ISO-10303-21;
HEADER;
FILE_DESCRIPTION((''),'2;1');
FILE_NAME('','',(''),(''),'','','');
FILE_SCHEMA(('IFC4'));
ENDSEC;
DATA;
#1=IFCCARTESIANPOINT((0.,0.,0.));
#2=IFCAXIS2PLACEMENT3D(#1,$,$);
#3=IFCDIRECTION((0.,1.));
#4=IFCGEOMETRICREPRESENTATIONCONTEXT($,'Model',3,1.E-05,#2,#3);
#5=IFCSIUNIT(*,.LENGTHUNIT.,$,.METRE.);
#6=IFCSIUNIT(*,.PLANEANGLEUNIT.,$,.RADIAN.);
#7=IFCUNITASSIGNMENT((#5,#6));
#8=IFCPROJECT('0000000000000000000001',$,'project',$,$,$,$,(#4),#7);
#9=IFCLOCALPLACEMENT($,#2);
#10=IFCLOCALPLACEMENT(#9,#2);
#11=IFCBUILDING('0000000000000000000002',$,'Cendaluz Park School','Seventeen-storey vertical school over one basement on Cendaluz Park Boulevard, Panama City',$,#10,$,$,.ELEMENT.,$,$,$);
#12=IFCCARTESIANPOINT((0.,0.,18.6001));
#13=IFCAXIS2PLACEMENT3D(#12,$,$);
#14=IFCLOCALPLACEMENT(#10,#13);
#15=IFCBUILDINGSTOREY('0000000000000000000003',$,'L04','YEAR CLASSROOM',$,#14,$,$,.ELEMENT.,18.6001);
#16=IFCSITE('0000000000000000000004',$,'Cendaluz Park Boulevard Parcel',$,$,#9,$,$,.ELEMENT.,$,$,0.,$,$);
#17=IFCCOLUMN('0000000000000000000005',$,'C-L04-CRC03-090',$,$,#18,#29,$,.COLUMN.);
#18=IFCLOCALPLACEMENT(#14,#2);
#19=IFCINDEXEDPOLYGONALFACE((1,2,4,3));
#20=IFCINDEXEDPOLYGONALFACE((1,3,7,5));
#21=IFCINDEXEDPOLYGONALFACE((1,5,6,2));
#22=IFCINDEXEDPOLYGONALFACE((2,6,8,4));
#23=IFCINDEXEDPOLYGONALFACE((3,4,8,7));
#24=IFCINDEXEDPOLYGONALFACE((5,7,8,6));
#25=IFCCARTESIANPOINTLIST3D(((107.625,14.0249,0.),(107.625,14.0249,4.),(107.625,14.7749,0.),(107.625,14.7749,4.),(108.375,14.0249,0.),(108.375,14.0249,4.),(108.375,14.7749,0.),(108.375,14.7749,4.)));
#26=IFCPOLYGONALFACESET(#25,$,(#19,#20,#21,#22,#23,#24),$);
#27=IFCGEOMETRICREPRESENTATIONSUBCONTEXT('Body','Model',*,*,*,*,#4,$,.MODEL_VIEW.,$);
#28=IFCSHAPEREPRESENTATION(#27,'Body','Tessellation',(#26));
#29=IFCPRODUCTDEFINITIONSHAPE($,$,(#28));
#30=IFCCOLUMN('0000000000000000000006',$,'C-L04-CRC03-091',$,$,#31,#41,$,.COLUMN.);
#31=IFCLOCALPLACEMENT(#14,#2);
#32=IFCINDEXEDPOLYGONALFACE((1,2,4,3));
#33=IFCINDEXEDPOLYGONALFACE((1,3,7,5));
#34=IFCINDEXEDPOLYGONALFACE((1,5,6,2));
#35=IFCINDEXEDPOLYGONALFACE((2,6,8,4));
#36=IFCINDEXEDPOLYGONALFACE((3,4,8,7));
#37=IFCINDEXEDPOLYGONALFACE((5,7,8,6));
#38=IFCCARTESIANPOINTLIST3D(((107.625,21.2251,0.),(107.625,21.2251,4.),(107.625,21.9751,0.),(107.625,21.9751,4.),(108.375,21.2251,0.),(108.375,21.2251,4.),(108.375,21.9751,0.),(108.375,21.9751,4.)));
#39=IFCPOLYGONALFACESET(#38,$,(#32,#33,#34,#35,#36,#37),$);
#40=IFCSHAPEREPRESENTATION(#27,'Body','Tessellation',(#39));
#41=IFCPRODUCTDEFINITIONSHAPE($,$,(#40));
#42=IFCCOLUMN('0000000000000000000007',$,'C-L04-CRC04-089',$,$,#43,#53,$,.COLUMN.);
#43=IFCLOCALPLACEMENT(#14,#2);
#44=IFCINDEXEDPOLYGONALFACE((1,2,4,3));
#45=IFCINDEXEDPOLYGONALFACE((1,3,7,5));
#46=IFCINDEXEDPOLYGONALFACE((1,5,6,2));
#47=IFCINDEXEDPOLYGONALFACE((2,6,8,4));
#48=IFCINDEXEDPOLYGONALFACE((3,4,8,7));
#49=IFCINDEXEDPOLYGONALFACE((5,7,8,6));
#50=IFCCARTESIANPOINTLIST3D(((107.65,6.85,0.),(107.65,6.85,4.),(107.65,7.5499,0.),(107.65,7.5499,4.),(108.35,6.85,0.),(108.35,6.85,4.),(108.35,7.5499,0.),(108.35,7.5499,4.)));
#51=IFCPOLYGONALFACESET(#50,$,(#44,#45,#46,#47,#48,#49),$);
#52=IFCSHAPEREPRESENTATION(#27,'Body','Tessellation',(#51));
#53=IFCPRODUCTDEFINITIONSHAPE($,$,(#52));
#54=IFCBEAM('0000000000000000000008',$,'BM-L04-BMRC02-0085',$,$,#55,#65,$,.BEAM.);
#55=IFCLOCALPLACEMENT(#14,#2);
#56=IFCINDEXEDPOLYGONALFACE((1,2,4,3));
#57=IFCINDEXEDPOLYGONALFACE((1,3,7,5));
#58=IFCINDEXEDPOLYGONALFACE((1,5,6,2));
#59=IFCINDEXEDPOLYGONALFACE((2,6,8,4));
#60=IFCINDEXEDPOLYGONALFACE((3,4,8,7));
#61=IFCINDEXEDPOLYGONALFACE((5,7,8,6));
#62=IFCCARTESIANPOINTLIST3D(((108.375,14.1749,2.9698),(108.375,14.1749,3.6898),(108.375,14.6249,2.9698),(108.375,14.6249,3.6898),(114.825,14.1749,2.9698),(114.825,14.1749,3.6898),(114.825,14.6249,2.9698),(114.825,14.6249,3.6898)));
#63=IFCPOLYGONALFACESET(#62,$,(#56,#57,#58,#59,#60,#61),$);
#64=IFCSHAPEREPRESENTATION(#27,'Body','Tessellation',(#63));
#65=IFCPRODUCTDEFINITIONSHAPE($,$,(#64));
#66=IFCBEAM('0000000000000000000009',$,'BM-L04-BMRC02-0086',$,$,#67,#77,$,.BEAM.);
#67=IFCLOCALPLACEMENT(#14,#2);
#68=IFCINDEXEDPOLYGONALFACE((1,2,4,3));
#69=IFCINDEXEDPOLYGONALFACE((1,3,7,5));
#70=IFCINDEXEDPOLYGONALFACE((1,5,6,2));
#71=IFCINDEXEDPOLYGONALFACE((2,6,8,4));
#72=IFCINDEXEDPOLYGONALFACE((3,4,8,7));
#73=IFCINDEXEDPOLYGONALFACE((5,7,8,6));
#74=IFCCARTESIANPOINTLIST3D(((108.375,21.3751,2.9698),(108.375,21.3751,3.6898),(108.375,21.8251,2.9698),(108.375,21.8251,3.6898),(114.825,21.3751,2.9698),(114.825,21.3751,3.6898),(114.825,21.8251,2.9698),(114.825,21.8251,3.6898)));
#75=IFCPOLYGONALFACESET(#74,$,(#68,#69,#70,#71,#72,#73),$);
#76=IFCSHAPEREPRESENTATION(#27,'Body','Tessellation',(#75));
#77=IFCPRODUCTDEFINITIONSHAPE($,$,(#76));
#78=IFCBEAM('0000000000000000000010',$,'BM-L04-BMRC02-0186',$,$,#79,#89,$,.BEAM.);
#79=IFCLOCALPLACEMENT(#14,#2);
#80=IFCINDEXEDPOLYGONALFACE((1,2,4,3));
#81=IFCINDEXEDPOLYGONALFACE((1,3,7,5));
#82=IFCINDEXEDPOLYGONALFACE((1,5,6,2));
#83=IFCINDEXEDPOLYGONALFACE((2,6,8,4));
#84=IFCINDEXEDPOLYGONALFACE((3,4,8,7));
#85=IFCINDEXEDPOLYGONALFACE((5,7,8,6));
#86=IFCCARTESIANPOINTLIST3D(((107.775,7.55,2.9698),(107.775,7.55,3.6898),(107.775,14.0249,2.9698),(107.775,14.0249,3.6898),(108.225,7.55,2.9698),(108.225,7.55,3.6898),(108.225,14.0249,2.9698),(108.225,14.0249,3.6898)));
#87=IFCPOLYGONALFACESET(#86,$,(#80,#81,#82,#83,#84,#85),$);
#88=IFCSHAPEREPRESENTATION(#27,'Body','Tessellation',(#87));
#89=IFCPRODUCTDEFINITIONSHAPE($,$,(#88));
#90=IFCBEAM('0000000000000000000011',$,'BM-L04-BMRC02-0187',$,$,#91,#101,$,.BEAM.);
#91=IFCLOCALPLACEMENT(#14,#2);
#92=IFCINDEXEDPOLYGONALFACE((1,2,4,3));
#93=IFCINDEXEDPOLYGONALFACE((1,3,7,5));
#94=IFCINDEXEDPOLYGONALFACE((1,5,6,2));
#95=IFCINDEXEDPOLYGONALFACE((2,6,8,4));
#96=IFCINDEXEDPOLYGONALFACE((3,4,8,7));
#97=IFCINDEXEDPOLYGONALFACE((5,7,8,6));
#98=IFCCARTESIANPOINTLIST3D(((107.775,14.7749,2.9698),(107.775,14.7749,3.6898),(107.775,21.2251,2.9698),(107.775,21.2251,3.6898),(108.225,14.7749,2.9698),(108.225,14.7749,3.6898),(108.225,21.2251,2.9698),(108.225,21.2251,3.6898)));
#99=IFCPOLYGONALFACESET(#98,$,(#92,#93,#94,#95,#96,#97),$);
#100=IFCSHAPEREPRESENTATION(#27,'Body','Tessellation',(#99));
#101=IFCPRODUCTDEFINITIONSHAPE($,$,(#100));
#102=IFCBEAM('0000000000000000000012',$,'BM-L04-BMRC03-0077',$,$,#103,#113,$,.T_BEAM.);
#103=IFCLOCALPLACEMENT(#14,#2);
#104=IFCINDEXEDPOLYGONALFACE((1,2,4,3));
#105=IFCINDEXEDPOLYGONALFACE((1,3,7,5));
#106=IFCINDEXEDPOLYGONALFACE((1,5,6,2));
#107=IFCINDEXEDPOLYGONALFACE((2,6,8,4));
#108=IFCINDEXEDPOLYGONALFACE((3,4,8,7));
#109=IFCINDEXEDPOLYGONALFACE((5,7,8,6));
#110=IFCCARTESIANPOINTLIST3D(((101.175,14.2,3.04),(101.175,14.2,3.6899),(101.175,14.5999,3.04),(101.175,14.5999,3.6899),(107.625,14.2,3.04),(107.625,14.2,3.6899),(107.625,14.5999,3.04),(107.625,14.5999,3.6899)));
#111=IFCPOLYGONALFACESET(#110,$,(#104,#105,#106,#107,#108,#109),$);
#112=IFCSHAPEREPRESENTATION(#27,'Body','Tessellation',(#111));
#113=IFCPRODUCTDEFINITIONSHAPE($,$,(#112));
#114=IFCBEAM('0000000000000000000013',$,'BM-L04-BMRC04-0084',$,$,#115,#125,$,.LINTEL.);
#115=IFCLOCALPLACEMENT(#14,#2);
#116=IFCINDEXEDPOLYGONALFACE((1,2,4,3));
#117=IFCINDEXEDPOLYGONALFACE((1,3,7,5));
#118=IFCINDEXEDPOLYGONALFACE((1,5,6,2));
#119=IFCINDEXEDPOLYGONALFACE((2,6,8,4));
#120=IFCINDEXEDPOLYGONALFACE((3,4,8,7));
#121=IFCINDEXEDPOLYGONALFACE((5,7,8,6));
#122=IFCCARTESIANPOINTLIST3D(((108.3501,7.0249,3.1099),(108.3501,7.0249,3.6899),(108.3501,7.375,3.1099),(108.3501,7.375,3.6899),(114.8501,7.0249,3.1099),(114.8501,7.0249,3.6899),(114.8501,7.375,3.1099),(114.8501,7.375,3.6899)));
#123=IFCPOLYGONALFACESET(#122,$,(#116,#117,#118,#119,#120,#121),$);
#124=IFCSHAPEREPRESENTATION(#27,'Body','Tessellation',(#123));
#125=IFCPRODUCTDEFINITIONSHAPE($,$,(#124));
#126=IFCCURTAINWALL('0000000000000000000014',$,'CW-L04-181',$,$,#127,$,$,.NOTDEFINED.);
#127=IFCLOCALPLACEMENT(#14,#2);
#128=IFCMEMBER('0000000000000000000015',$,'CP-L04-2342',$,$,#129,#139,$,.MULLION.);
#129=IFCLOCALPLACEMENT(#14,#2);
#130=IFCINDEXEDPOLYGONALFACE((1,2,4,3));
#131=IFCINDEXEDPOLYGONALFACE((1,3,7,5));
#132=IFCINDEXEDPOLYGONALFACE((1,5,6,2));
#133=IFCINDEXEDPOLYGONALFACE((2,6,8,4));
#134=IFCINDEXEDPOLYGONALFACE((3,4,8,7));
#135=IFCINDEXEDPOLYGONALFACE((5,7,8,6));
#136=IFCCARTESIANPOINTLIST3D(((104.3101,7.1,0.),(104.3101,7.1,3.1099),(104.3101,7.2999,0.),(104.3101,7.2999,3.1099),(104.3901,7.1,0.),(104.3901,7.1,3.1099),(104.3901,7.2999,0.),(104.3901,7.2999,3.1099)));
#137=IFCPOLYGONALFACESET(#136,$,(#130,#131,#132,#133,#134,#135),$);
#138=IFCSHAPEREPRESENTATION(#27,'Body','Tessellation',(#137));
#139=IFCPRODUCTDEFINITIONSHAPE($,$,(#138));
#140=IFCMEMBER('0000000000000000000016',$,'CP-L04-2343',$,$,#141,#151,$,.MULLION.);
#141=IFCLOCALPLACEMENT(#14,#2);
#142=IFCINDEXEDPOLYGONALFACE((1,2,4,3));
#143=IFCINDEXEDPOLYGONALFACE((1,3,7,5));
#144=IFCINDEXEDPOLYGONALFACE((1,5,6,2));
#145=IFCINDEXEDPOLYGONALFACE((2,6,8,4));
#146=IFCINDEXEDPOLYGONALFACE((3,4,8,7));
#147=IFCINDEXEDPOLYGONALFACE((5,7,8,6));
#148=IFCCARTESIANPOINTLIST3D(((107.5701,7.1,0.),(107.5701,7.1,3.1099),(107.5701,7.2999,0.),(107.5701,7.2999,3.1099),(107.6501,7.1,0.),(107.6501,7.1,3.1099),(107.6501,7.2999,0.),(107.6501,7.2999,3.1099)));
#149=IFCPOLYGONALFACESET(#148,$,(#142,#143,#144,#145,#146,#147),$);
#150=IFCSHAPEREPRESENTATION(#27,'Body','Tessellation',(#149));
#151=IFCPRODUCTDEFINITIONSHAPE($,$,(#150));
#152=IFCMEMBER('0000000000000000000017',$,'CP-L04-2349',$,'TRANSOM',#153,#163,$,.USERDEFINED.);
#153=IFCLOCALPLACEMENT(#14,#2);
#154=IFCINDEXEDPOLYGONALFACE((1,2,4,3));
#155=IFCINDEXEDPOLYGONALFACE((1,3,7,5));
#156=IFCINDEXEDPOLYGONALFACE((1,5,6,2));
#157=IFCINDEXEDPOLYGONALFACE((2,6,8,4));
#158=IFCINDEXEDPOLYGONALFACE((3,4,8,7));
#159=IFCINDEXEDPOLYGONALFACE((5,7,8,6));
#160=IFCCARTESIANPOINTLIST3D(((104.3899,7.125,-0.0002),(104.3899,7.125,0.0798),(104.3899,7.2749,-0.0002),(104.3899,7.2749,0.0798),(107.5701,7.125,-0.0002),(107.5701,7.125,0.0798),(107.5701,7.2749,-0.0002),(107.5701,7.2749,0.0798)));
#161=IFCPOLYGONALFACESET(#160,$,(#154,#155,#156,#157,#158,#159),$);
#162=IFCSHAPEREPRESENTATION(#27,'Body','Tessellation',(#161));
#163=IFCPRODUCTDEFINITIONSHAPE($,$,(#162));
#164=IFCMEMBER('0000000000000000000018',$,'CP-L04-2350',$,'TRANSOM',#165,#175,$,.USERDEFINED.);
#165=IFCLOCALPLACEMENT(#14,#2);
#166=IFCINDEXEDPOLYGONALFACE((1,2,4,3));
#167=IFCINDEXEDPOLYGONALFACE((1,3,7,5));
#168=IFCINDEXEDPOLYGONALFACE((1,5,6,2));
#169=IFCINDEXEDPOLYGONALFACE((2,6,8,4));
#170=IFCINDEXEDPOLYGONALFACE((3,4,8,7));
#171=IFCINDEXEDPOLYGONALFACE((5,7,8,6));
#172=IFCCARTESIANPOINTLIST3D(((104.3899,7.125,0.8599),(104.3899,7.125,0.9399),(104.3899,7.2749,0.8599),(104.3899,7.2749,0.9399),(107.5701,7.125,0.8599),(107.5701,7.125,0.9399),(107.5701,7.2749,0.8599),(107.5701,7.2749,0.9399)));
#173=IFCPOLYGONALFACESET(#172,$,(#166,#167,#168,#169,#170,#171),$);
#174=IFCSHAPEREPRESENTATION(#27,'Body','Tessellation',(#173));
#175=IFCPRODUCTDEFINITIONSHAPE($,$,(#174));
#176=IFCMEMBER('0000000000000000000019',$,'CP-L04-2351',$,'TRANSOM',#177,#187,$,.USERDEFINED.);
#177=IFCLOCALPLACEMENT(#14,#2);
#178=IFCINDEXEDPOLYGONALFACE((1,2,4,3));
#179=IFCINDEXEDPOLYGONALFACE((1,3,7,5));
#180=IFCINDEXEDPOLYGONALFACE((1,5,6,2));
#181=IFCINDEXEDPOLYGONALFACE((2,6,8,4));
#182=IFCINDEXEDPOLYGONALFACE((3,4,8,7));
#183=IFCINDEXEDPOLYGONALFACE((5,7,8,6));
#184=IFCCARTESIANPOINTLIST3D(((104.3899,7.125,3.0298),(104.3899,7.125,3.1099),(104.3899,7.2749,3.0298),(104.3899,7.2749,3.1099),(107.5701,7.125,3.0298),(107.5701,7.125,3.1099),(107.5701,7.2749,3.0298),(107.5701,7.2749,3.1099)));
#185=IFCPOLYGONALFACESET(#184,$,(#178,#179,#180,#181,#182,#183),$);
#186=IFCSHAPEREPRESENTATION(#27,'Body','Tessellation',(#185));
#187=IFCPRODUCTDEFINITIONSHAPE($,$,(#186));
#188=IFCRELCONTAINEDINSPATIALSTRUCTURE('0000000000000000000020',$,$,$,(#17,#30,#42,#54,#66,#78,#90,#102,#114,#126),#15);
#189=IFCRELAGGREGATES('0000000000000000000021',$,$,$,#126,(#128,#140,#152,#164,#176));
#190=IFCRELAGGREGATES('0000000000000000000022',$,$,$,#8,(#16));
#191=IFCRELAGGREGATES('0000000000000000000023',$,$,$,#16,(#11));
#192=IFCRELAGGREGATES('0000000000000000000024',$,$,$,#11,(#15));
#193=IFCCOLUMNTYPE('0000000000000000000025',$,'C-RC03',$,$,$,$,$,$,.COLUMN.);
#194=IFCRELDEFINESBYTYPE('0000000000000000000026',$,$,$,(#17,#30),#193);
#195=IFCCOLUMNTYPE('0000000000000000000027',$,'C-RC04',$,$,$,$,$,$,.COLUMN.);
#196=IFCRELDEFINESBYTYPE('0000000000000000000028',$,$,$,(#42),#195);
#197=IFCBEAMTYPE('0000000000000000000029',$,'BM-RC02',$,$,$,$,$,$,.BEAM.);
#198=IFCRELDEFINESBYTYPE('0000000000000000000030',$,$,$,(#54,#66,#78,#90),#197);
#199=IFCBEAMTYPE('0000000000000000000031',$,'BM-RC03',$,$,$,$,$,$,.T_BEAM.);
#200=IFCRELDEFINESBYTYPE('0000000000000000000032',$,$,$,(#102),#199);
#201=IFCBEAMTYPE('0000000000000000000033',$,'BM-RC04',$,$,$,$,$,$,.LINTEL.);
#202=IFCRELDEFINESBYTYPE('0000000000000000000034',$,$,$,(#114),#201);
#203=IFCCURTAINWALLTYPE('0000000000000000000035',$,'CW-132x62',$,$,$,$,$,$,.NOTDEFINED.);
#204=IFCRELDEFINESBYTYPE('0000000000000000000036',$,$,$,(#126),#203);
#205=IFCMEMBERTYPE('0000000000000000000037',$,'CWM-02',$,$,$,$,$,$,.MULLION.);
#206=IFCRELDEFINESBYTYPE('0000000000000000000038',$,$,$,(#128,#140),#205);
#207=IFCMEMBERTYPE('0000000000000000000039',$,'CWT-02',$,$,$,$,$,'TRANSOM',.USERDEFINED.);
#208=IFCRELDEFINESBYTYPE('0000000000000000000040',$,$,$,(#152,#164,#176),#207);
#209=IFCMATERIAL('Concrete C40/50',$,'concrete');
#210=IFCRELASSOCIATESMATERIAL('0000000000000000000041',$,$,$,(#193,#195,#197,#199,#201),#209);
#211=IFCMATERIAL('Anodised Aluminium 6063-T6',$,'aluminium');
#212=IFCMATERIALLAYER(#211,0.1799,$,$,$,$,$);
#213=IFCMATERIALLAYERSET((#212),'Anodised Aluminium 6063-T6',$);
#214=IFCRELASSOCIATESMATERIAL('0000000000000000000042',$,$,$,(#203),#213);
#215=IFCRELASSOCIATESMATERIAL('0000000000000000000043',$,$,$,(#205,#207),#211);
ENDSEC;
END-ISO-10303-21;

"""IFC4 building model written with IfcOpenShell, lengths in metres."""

from ifc_helpers import new_model, si_unit, direction, frame, origin, origin_2d, place, context, subcontext, project, spatial, rectangle, extrude, material, layer, layer_set, material_profile, profile_set, type_object, element, aggregate, save


model = new_model("IFC4")

# Units and contexts
model_context = context("Model", 3, precision=1e-05, world=origin(), true_north=direction((0.0, 1.0)))
body_context = subcontext(model_context, "Body", "Model", "MODEL_VIEW")
ifc_project = project(units=[si_unit("LENGTHUNIT", "METRE"), si_unit("PLANEANGLEUNIT", "RADIAN")], contexts=[model_context])

# Site, building, storey
site_placement = place(None, origin())
site = spatial("IfcSite", under=ifc_project, at=site_placement, Name="Cendaluz Park Boulevard Parcel", CompositionType="ELEMENT", RefElevation=0.0)
building_placement = place(site_placement, origin())
building = spatial("IfcBuilding", under=site, at=building_placement, Name="Cendaluz Park School", Description="Seventeen-storey vertical school over one basement on Cendaluz Park Boulevard, Panama City", CompositionType="ELEMENT")
storey_placement = place(building_placement, frame((0.0, 0.0, 18.6001)))
storey = spatial("IfcBuildingStorey", under=building, at=storey_placement, Name="L04", Description="YEAR CLASSROOM", CompositionType="ELEMENT", Elevation=18.6001)

# Columns
ifc_material_1 = material(Name="Concrete C40/50", Category="concrete")
ifc_material_profile_1 = material_profile(ifc_material_1, rectangle(XDim=0.75, YDim=0.75, at=origin_2d()), Name="RC 750x750", Category="concrete")
ifc_profile_set_1 = profile_set([ifc_material_profile_1], Name="Concrete C40/50")
column_type_1 = type_object("IfcColumnType", Name="C-RC03", PredefinedType="COLUMN", material=ifc_profile_set_1)
for number, where, z_axis, x_axis, name in (
    (1, (108.0, 14.3999, 0.0), (0.0, 0.0, 1.0), (1.0, 0.0, 0.0), "C-L04-CRC03-090"),
    (2, (108.0, 21.6001, 0.0), (0.0, 0.0, 1.0), (1.0, 0.0, 0.0), "C-L04-CRC03-091"),
):
    element("IfcColumn", number, at=place(storey_placement, frame(where, z_axis=z_axis, x_axis=x_axis)), inside=storey, type_object=column_type_1, Name=name, PredefinedType="COLUMN", context=body_context, shape_type="SweptSolid", body=[
        extrude(rectangle(XDim=0.75, YDim=0.75, at=origin_2d()), origin(), (0.0, 0.0, 1.0), 4.0),
    ])
ifc_material_profile_2 = material_profile(ifc_material_1, rectangle(XDim=0.7, YDim=0.7, at=origin_2d()), Name="RC 700x700", Category="concrete")
ifc_profile_set_2 = profile_set([ifc_material_profile_2], Name="Concrete C40/50")
column_type_2 = type_object("IfcColumnType", Name="C-RC04", PredefinedType="COLUMN", material=ifc_profile_set_2)
column_placement = place(storey_placement, frame((108.0, 7.2, 0.0), z_axis=(0.0, 0.0, 1.0), x_axis=(1.0, 0.0, 0.0)))
element("IfcColumn", 3, at=column_placement, inside=storey, type_object=column_type_2, Name="C-L04-CRC04-089", PredefinedType="COLUMN", context=body_context, shape_type="SweptSolid", body=[
    extrude(rectangle(XDim=0.7, YDim=0.7, at=origin_2d()), origin(), (0.0, 0.0, 1.0), 4.0),
])

# Beams
ifc_material_profile_3 = material_profile(ifc_material_1, rectangle(XDim=0.45, YDim=0.72, at=origin_2d()), Name="RC 450x720", Category="concrete")
ifc_profile_set_3 = profile_set([ifc_material_profile_3], Name="Concrete C40/50")
beam_type_1 = type_object("IfcBeamType", Name="BM-RC02", PredefinedType="BEAM", material=ifc_profile_set_3)
for number, where, z_axis, x_axis, name in (
    (4, (108.375, 14.3999, 3.3298), (1.0, 0.0, 0.0), (0.0, 1.0, 0.0), "BM-L04-BMRC02-0085"),
    (5, (108.375, 21.6001, 3.3298), (1.0, 0.0, 0.0), (0.0, 1.0, 0.0), "BM-L04-BMRC02-0086"),
):
    element("IfcBeam", number, at=place(storey_placement, frame(where, z_axis=z_axis, x_axis=x_axis)), inside=storey, type_object=beam_type_1, Name=name, PredefinedType="BEAM", context=body_context, shape_type="SweptSolid", body=[
        extrude(rectangle(XDim=0.45, YDim=0.72, at=origin_2d()), origin(), (0.0, 0.0, 1.0), 6.45),
    ])
beam_1_placement = place(storey_placement, frame((108.0, 7.55, 3.3298), z_axis=(0.0, 1.0, 0.0), x_axis=(-1.0, 0.0, 0.0)))
element("IfcBeam", 6, at=beam_1_placement, inside=storey, type_object=beam_type_1, Name="BM-L04-BMRC02-0186", PredefinedType="BEAM", context=body_context, shape_type="SweptSolid", body=[
    extrude(rectangle(XDim=0.45, YDim=0.72, at=origin_2d()), origin(), (0.0, 0.0, 1.0), 6.4749),
])
beam_2_placement = place(storey_placement, frame((108.0, 14.7749, 3.3298), z_axis=(0.0, 1.0, 0.0), x_axis=(-1.0, 0.0, 0.0)))
element("IfcBeam", 7, at=beam_2_placement, inside=storey, type_object=beam_type_1, Name="BM-L04-BMRC02-0187", PredefinedType="BEAM", context=body_context, shape_type="SweptSolid", body=[
    extrude(rectangle(XDim=0.45, YDim=0.72, at=origin_2d()), origin(), (0.0, 0.0, 1.0), 6.4502),
])
ifc_material_profile_4 = material_profile(ifc_material_1, rectangle(XDim=0.3999, YDim=0.6499, at=origin_2d()), Name="RC 400x650", Category="concrete")
ifc_profile_set_4 = profile_set([ifc_material_profile_4], Name="Concrete C40/50")
beam_type_2 = type_object("IfcBeamType", Name="BM-RC03", PredefinedType="T_BEAM", material=ifc_profile_set_4)
beam_3_placement = place(storey_placement, frame((101.175, 14.3999, 3.365), z_axis=(1.0, 0.0, 0.0), x_axis=(0.0, 1.0, 0.0)))
element("IfcBeam", 8, at=beam_3_placement, inside=storey, type_object=beam_type_2, Name="BM-L04-BMRC03-0077", PredefinedType="T_BEAM", context=body_context, shape_type="SweptSolid", body=[
    extrude(rectangle(XDim=0.3999, YDim=0.6499, at=origin_2d()), origin(), (0.0, 0.0, 1.0), 6.45),
])
ifc_material_profile_5 = material_profile(ifc_material_1, rectangle(XDim=0.3501, YDim=0.5801, at=origin_2d()), Name="RC 350x580", Category="concrete")
ifc_profile_set_5 = profile_set([ifc_material_profile_5], Name="Concrete C40/50")
beam_type_3 = type_object("IfcBeamType", Name="BM-RC04", PredefinedType="LINTEL", material=ifc_profile_set_5)
beam_4_placement = place(storey_placement, frame((108.3501, 7.2, 3.3999), z_axis=(1.0, 0.0, 0.0), x_axis=(0.0, 1.0, 0.0)))
element("IfcBeam", 9, at=beam_4_placement, inside=storey, type_object=beam_type_3, Name="BM-L04-BMRC04-0084", PredefinedType="LINTEL", context=body_context, shape_type="SweptSolid", body=[
    extrude(rectangle(XDim=0.3501, YDim=0.5801, at=origin_2d()), origin(), (0.0, 0.0, 1.0), 6.5),
])

# Curtain wall, members
ifc_material_2 = material(Name="Anodised Aluminium 6063-T6", Category="aluminium")
ifc_layer_1 = layer(ifc_material_2, 0.1799)
ifc_layer_set_1 = layer_set([ifc_layer_1], Name="Anodised Aluminium 6063-T6")
curtain_wall_type = type_object("IfcCurtainWallType", Name="CW-132x62", PredefinedType="NOTDEFINED", material=ifc_layer_set_1)
curtain_wall_placement = place(storey_placement, origin())
curtain_wall = element("IfcCurtainWall", 10, at=curtain_wall_placement, inside=storey, type_object=curtain_wall_type, Name="CW-L04-181", PredefinedType="NOTDEFINED")
ifc_material_profile_6 = material_profile(ifc_material_2, rectangle(XDim=0.2, YDim=0.0801, at=origin_2d()), Name="CWM 200x80", Category="aluminium")
ifc_profile_set_6 = profile_set([ifc_material_profile_6], Name="Anodised Aluminium 6063-T6")
member_type_1 = type_object("IfcMemberType", Name="CWM-02", PredefinedType="MULLION", material=ifc_profile_set_6)
member_1_placement = place(storey_placement, frame((104.3501, 7.2, 0.0), z_axis=(0.0, 0.0, 1.0), x_axis=(0.0, 1.0, 0.0)))
member_1 = element("IfcMember", 11, at=member_1_placement, type_object=member_type_1, Name="CP-L04-2342", PredefinedType="MULLION", context=body_context, shape_type="SweptSolid", body=[
    extrude(rectangle(XDim=0.2, YDim=0.0801, at=origin_2d()), origin(), (0.0, 0.0, 1.0), 3.1099),
])
member_2_placement = place(storey_placement, frame((107.6101, 7.2, 0.0), z_axis=(0.0, 0.0, 1.0), x_axis=(0.0, 1.0, 0.0)))
member_2 = element("IfcMember", 12, at=member_2_placement, type_object=member_type_1, Name="CP-L04-2343", PredefinedType="MULLION", context=body_context, shape_type="SweptSolid", body=[
    extrude(rectangle(XDim=0.2, YDim=0.0801, at=origin_2d()), origin(), (0.0, 0.0, 1.0), 3.1099),
])
ifc_material_profile_7 = material_profile(ifc_material_2, rectangle(XDim=0.1499, YDim=0.0801, at=origin_2d()), Name="CWT 150x80", Category="aluminium")
ifc_profile_set_7 = profile_set([ifc_material_profile_7], Name="Anodised Aluminium 6063-T6")
member_type_2 = type_object("IfcMemberType", Name="CWT-02", ElementType="TRANSOM", PredefinedType="USERDEFINED", material=ifc_profile_set_7)
member_3_placement = place(storey_placement, frame((104.3899, 7.2, 0.0398), z_axis=(1.0, 0.0, 0.0), x_axis=(0.0, 1.0, 0.0)))
member_3 = element("IfcMember", 13, at=member_3_placement, type_object=member_type_2, Name="CP-L04-2349", ObjectType="TRANSOM", PredefinedType="USERDEFINED", context=body_context, shape_type="SweptSolid", body=[
    extrude(rectangle(XDim=0.1499, YDim=0.0801, at=origin_2d()), origin(), (0.0, 0.0, 1.0), 3.1802),
])
member_4_placement = place(storey_placement, frame((104.3899, 7.2, 0.8999), z_axis=(1.0, 0.0, 0.0), x_axis=(0.0, 1.0, 0.0)))
member_4 = element("IfcMember", 14, at=member_4_placement, type_object=member_type_2, Name="CP-L04-2350", ObjectType="TRANSOM", PredefinedType="USERDEFINED", context=body_context, shape_type="SweptSolid", body=[
    extrude(rectangle(XDim=0.1499, YDim=0.0801, at=origin_2d()), origin(), (0.0, 0.0, 1.0), 3.1802),
])
member_5_placement = place(storey_placement, frame((104.3899, 7.2, 3.0698), z_axis=(1.0, 0.0, 0.0), x_axis=(0.0, 1.0, 0.0)))
member_5 = element("IfcMember", 15, at=member_5_placement, type_object=member_type_2, Name="CP-L04-2351", ObjectType="TRANSOM", PredefinedType="USERDEFINED", context=body_context, shape_type="SweptSolid", body=[
    extrude(rectangle(XDim=0.1499, YDim=0.0801, at=origin_2d()), origin(), (0.0, 0.0, 1.0), 3.1802),
])
aggregate(curtain_wall, [member_1, member_2, member_3, member_4, member_5])

save(model, "model.ifc")
